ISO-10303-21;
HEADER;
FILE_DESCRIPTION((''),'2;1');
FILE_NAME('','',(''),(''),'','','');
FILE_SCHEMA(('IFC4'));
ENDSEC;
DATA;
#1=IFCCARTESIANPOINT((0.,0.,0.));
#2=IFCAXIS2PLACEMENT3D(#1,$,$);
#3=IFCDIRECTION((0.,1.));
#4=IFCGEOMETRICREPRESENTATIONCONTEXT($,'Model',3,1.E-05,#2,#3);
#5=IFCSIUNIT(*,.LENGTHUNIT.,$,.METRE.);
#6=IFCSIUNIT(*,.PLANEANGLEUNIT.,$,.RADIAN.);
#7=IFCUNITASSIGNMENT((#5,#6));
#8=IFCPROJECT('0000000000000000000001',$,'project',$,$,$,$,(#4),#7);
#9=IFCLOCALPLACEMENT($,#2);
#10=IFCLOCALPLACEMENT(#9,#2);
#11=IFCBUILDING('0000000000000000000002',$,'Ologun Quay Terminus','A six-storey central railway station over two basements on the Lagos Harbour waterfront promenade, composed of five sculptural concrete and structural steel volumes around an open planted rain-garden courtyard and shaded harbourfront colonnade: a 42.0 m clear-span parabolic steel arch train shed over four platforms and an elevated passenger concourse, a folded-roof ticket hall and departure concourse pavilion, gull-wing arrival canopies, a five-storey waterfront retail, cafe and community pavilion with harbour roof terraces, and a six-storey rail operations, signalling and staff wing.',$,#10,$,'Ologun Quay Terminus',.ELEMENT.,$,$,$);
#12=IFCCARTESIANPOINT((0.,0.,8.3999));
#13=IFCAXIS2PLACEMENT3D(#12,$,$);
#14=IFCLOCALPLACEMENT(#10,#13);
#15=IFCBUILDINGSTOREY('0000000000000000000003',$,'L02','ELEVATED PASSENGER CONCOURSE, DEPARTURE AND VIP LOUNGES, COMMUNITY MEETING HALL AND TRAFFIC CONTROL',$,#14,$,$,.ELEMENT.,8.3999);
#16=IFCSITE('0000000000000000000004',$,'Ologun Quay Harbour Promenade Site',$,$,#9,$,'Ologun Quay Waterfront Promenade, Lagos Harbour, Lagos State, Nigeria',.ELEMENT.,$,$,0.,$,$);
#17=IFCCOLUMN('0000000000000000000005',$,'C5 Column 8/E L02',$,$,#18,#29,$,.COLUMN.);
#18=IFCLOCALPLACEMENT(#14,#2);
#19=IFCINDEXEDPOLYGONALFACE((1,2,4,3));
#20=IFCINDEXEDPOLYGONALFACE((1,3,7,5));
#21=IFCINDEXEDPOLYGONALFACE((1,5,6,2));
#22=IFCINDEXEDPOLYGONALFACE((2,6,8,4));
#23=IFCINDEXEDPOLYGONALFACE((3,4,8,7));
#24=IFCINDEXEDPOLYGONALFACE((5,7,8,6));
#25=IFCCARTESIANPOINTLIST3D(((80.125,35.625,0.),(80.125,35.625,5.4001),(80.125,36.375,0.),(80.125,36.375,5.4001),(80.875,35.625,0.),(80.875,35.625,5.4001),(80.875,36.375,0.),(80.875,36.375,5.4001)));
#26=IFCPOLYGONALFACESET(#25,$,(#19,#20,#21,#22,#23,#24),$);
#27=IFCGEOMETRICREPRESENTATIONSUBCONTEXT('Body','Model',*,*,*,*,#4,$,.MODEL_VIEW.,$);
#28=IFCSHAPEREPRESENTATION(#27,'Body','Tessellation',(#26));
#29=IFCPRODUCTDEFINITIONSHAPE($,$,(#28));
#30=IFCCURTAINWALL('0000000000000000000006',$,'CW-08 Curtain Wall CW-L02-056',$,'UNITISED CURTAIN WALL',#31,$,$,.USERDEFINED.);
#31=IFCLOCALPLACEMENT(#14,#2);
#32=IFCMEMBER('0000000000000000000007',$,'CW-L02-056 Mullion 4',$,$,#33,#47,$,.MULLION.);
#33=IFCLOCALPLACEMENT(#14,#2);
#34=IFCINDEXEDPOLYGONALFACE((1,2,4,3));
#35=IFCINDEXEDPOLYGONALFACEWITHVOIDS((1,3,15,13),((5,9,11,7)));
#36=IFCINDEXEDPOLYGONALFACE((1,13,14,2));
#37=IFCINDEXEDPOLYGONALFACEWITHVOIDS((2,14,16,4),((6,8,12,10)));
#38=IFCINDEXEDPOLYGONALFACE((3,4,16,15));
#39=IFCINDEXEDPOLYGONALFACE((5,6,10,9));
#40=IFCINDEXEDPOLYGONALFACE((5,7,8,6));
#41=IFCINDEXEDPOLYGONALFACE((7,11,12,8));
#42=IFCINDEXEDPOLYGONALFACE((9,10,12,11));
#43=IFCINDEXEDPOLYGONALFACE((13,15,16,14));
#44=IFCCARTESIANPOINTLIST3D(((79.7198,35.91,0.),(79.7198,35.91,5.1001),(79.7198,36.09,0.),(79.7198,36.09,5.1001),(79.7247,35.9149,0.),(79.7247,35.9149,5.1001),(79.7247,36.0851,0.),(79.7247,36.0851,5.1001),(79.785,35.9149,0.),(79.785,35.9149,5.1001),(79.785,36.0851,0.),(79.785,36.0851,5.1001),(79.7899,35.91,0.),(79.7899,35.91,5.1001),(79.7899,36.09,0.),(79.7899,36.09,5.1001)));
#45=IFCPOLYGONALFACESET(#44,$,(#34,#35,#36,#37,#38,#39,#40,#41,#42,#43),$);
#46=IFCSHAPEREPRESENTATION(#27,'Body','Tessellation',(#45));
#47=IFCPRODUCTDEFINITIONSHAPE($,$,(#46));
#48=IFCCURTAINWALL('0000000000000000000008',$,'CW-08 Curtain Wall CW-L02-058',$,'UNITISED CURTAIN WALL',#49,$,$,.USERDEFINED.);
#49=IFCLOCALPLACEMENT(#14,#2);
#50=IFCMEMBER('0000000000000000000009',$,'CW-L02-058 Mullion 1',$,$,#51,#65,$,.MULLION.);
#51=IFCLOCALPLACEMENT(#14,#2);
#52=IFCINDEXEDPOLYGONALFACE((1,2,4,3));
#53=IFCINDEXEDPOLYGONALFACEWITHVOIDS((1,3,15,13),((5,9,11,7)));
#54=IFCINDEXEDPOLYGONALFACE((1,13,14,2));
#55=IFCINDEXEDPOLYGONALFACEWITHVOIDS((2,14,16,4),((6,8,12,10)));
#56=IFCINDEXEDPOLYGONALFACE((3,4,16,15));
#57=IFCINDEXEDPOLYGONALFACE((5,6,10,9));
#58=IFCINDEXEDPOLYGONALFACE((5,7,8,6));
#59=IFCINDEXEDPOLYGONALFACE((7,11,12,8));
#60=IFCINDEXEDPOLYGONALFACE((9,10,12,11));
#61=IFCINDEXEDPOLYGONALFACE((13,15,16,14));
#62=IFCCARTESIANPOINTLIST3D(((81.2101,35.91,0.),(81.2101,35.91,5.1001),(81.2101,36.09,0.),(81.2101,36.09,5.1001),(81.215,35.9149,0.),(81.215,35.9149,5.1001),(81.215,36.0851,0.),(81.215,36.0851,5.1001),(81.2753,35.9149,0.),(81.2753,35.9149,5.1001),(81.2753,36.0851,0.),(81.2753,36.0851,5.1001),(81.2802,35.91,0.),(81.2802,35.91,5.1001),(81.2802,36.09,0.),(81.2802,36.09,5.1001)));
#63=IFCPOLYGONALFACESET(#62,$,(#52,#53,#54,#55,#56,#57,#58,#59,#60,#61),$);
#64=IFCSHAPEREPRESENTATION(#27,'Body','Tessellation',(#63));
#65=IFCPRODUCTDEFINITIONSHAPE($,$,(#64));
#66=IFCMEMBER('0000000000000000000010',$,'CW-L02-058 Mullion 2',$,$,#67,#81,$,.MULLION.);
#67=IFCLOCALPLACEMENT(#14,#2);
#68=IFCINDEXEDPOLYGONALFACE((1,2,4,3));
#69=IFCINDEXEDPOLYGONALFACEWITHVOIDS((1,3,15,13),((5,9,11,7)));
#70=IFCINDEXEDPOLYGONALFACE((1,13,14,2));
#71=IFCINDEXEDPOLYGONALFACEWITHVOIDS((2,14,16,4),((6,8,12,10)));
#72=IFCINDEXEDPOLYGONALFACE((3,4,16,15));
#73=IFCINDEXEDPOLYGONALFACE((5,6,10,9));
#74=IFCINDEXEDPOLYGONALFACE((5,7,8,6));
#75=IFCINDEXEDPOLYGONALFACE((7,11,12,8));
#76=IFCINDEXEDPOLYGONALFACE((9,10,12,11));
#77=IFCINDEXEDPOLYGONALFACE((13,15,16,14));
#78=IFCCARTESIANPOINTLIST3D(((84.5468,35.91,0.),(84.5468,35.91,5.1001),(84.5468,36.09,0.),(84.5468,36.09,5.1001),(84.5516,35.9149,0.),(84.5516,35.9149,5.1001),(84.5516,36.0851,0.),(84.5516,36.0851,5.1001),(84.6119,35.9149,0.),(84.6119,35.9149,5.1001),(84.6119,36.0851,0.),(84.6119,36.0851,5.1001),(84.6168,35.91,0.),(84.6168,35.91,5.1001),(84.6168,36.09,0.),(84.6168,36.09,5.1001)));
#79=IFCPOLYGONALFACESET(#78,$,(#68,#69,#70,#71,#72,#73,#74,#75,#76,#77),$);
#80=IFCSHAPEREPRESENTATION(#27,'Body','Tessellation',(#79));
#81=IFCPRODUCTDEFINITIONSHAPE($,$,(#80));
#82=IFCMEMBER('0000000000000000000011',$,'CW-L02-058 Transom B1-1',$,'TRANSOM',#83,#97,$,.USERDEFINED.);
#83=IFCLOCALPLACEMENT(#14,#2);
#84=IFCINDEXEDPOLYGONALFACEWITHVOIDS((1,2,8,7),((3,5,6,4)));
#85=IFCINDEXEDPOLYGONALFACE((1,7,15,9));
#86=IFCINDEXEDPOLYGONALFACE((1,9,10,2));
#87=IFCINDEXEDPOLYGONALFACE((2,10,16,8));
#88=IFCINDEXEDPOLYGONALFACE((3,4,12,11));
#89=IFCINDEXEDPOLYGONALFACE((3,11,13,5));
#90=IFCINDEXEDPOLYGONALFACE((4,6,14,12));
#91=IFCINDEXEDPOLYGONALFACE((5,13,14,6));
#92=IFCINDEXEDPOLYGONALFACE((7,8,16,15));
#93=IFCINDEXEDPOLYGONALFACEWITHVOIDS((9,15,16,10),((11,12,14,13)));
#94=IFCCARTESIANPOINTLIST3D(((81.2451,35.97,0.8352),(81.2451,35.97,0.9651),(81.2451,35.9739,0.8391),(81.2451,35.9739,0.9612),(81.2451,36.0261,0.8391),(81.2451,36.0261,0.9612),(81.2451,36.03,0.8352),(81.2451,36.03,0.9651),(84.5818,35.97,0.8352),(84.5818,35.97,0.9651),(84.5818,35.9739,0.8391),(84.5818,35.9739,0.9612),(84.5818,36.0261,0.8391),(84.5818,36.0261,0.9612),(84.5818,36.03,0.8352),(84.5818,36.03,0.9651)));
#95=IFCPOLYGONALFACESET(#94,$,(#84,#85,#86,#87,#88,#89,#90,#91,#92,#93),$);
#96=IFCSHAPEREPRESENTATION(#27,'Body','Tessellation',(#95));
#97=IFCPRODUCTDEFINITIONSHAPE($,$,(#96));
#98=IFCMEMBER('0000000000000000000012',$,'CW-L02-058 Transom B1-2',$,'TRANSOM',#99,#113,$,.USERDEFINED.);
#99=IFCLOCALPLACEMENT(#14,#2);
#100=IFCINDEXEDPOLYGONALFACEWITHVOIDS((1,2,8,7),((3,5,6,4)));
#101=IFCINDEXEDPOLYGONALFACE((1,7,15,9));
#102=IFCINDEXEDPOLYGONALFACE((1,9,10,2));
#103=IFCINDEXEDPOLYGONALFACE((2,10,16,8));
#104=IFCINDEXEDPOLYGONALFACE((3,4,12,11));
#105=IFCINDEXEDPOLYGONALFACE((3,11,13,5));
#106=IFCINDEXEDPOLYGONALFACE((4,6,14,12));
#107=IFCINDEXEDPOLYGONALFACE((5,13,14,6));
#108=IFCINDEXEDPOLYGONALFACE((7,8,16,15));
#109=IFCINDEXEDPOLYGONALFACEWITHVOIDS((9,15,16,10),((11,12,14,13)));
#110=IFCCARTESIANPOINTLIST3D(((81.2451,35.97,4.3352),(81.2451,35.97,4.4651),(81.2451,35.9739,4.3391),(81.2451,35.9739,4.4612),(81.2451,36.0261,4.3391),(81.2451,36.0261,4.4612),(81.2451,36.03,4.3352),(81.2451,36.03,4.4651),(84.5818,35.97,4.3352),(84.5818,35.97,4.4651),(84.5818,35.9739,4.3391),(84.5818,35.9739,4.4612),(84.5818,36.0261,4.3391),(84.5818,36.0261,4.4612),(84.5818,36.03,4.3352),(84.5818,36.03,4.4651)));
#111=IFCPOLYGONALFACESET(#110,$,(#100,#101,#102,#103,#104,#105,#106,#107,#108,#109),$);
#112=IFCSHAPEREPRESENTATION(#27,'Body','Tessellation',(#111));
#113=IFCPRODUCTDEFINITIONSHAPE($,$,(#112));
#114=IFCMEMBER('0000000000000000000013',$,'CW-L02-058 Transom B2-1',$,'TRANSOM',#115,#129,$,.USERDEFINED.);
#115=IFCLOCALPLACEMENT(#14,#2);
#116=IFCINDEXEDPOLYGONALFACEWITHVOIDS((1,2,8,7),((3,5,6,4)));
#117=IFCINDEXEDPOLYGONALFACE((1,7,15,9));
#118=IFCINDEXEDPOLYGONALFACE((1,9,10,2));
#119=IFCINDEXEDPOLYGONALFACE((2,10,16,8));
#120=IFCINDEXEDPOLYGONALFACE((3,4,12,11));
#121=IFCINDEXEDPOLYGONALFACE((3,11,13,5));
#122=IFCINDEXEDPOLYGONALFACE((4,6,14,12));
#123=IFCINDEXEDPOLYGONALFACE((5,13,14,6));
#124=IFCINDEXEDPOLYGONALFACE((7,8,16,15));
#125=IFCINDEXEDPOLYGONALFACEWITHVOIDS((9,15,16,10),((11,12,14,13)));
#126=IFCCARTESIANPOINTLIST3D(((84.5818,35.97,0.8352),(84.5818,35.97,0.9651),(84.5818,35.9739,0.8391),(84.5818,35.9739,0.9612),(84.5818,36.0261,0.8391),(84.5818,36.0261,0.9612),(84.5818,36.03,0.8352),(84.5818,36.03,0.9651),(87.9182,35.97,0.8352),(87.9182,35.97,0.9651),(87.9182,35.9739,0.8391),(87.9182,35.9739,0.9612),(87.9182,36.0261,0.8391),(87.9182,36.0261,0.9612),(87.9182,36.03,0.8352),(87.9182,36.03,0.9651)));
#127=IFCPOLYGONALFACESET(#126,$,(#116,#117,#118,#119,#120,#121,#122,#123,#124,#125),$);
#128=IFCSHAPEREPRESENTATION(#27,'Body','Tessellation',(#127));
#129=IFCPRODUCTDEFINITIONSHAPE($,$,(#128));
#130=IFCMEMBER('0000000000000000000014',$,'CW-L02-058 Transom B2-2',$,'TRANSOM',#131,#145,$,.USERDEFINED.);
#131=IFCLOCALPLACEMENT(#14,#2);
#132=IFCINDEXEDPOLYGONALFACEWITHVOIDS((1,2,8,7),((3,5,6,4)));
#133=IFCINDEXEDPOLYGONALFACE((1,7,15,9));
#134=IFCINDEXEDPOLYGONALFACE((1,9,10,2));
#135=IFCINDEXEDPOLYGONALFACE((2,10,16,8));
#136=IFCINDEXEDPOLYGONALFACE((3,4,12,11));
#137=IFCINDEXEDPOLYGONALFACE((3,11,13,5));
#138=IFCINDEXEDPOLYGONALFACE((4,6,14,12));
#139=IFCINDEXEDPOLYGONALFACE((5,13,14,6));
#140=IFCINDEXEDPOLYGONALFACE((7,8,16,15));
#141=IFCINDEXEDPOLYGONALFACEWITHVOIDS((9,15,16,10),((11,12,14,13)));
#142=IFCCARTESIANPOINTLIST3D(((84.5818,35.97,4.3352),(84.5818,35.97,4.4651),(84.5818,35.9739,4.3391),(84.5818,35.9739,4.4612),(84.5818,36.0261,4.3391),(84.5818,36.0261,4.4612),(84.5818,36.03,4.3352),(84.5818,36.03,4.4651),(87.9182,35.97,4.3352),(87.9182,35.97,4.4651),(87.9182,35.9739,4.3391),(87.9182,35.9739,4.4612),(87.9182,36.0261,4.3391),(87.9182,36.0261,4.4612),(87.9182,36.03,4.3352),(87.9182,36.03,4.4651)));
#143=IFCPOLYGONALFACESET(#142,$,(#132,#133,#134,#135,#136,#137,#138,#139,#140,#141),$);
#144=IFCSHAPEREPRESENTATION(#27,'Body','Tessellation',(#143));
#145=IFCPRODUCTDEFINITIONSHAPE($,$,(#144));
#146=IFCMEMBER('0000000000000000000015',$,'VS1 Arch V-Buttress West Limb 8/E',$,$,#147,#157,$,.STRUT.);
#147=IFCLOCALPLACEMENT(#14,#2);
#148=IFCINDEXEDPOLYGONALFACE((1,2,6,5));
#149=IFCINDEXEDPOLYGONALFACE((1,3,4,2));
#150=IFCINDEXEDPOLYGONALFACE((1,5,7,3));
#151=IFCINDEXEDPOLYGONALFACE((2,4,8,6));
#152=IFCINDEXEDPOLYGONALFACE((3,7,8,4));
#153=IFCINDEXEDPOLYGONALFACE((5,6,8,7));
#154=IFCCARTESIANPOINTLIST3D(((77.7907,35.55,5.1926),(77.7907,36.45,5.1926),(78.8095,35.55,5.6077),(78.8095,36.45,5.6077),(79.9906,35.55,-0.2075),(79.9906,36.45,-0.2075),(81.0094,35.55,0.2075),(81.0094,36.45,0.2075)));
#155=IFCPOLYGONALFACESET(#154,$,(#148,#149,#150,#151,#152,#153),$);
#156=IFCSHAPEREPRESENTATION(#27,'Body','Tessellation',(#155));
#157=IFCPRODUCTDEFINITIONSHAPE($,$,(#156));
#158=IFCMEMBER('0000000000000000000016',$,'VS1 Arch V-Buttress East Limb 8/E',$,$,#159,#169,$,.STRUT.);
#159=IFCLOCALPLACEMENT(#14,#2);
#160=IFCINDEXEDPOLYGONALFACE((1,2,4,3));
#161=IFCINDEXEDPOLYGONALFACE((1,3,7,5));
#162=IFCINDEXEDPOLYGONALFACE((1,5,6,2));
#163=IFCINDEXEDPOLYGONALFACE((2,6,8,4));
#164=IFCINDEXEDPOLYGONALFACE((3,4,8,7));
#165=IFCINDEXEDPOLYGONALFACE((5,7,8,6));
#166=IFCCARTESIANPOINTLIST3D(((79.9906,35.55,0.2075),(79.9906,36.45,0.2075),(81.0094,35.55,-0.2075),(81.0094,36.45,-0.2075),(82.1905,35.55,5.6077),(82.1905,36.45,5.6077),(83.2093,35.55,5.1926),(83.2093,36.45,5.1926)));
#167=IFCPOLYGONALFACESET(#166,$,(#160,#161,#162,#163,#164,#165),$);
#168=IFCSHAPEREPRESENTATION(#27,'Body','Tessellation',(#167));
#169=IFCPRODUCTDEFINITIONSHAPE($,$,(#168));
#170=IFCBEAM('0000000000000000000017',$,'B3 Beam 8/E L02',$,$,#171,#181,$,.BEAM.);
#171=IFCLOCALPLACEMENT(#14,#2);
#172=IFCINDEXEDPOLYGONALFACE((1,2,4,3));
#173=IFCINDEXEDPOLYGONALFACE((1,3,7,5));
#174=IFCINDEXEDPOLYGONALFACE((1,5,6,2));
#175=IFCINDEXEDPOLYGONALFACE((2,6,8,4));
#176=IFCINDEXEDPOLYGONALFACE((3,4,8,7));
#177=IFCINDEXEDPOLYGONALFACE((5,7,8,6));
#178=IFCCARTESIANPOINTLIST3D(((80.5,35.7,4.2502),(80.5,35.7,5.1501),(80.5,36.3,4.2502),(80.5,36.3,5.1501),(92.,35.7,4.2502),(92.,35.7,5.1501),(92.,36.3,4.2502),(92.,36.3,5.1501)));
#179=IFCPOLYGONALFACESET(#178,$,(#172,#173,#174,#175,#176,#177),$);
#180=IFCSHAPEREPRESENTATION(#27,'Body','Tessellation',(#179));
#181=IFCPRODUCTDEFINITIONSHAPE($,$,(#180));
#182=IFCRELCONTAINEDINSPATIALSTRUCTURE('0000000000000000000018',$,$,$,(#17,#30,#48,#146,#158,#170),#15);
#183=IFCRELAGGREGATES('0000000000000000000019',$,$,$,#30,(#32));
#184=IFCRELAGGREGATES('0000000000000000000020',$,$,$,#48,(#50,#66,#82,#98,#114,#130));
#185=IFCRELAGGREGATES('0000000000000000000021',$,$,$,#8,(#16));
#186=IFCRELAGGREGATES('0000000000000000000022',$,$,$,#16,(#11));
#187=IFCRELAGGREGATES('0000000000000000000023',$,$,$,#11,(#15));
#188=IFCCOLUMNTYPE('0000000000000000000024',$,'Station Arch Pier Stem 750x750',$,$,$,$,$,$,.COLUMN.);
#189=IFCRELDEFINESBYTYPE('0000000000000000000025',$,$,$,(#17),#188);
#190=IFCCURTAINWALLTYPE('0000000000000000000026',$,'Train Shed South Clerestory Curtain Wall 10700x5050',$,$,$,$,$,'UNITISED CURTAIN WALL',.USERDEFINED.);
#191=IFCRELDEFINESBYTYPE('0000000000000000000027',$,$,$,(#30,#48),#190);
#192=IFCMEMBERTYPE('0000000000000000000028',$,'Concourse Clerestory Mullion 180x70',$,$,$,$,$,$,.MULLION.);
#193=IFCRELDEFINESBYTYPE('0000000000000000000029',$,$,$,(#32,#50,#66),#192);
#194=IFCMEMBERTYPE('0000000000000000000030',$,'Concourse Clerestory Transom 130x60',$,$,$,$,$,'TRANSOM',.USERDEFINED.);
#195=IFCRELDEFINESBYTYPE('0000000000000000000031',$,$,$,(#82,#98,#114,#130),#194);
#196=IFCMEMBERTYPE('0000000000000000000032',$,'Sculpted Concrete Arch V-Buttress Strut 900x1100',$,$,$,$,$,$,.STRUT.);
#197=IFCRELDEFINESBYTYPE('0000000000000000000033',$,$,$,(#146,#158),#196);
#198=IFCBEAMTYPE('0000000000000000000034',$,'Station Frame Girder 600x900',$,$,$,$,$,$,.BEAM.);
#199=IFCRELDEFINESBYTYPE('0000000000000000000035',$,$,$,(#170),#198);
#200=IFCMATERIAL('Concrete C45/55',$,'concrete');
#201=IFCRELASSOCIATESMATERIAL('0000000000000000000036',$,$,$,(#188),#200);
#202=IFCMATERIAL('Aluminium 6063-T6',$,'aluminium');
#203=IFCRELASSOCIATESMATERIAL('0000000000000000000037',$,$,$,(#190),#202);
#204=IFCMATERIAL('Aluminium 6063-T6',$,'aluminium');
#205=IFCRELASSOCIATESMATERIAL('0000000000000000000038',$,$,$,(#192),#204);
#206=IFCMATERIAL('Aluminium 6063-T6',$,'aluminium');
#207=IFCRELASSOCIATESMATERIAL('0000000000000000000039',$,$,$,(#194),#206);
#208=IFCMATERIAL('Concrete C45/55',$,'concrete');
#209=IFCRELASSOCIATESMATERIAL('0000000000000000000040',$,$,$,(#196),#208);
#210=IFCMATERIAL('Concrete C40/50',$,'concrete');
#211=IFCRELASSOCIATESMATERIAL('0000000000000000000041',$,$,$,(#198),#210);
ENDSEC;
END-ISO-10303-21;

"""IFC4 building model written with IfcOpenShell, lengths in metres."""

from ifc_helpers import new_model, si_unit, direction, frame, origin, origin_2d, place, context, subcontext, project, spatial, rectangle, hollow_rectangle, extrude, material, material_profile, profile_set, type_object, element, aggregate, save


model = new_model("IFC4")

# Units and contexts
model_context = context("Model", 3, precision=1e-05, world=origin(), true_north=direction((0.0, 1.0)))
body_context = subcontext(model_context, "Body", "Model", "MODEL_VIEW")
ifc_project = project(units=[si_unit("LENGTHUNIT", "METRE"), si_unit("PLANEANGLEUNIT", "RADIAN")], contexts=[model_context])

# Site, building, storey
site_placement = place(None, origin())
site = spatial("IfcSite", under=ifc_project, at=site_placement, Name="Ologun Quay Harbour Promenade Site", LongName="Ologun Quay Waterfront Promenade, Lagos Harbour, Lagos State, Nigeria", CompositionType="ELEMENT", RefElevation=0.0)
building_placement = place(site_placement, origin())
building = spatial("IfcBuilding", under=site, at=building_placement, Name="Ologun Quay Terminus", Description="A six-storey central railway station over two basements on the Lagos Harbour waterfront promenade, composed of five sculptural concrete and structural steel volumes around an open planted rain-garden courtyard and shaded harbourfront colonnade: a 42.0 m clear-span parabolic steel arch train shed over four platforms and an elevated passenger concourse, a folded-roof ticket hall and departure concourse pavilion, gull-wing arrival canopies, a five-storey waterfront retail, cafe and community pavilion with harbour roof terraces, and a six-storey rail operations, signalling and staff wing.", LongName="Ologun Quay Terminus", CompositionType="ELEMENT")
storey_placement = place(building_placement, frame((0.0, 0.0, 8.3999)))
storey = spatial("IfcBuildingStorey", under=building, at=storey_placement, Name="L02", Description="ELEVATED PASSENGER CONCOURSE, DEPARTURE AND VIP LOUNGES, COMMUNITY MEETING HALL AND TRAFFIC CONTROL", CompositionType="ELEMENT", Elevation=8.3999)

# Column
ifc_material_1 = material(Name="Concrete C45/55", Category="concrete")
ifc_material_profile_1 = material_profile(ifc_material_1, rectangle(XDim=0.75, YDim=0.75, at=origin_2d()), Name="RC 750x750")
ifc_profile_set_1 = profile_set([ifc_material_profile_1], Name="Concrete C45/55")
column_type = type_object("IfcColumnType", Name="Station Arch Pier Stem 750x750", PredefinedType="COLUMN", material=ifc_profile_set_1)
column_placement = place(storey_placement, frame((80.5, 36.0, 0.0), z_axis=(0.0, 0.0, 1.0), x_axis=(1.0, 0.0, 0.0)))
element("IfcColumn", 1, at=column_placement, inside=storey, type_object=column_type, Name="C5 Column 8/E L02", PredefinedType="COLUMN", context=body_context, shape_type="SweptSolid", body=[
    extrude(rectangle(XDim=0.75, YDim=0.75, at=origin_2d()), origin(), (0.0, 0.0, 1.0), 5.4001),
])

# Curtain wall, member
ifc_material_2 = material(Name="Aluminium 6063-T6", Category="aluminium")
curtain_wall_type = type_object("IfcCurtainWallType", Name="Train Shed South Clerestory Curtain Wall 10700x5050", ElementType="UNITISED CURTAIN WALL", PredefinedType="USERDEFINED", material=ifc_material_2)
curtain_wall_1_placement = place(storey_placement, origin())
curtain_wall_1 = element("IfcCurtainWall", 2, at=curtain_wall_1_placement, inside=storey, type_object=curtain_wall_type, Name="CW-08 Curtain Wall CW-L02-056", ObjectType="UNITISED CURTAIN WALL", PredefinedType="USERDEFINED")
ifc_material_3 = material(Name="Aluminium 6063-T6", Category="aluminium")
ifc_material_profile_2 = material_profile(ifc_material_3, hollow_rectangle(XDim=0.0701, YDim=0.1799, WallThickness=0.0049, at=origin_2d()), Name="ALU 180x70x5")
ifc_profile_set_2 = profile_set([ifc_material_profile_2], Name="Aluminium 6063-T6")
member_type_1 = type_object("IfcMemberType", Name="Concourse Clerestory Mullion 180x70", PredefinedType="MULLION", material=ifc_profile_set_2)
member_1_placement = place(storey_placement, frame((79.7549, 36.0, 0.0), z_axis=(0.0, 0.0, 1.0), x_axis=(1.0, 0.0, 0.0)))
member_1 = element("IfcMember", 3, at=member_1_placement, type_object=member_type_1, Name="CW-L02-056 Mullion 4", PredefinedType="MULLION", context=body_context, shape_type="SweptSolid", body=[
    extrude(hollow_rectangle(XDim=0.0701, YDim=0.1799, WallThickness=0.0049, at=origin_2d()), origin(), (0.0, 0.0, 1.0), 5.1001),
])

# Curtain wall, members
curtain_wall_2_placement = place(storey_placement, origin())
curtain_wall_2 = element("IfcCurtainWall", 4, at=curtain_wall_2_placement, inside=storey, type_object=curtain_wall_type, Name="CW-08 Curtain Wall CW-L02-058", ObjectType="UNITISED CURTAIN WALL", PredefinedType="USERDEFINED")
member_2_placement = place(storey_placement, frame((81.2451, 36.0, 0.0), z_axis=(0.0, 0.0, 1.0), x_axis=(1.0, 0.0, 0.0)))
member_2 = element("IfcMember", 5, at=member_2_placement, type_object=member_type_1, Name="CW-L02-058 Mullion 1", PredefinedType="MULLION", context=body_context, shape_type="SweptSolid", body=[
    extrude(hollow_rectangle(XDim=0.0701, YDim=0.1799, WallThickness=0.0049, at=origin_2d()), origin(), (0.0, 0.0, 1.0), 5.1001),
])
member_3_placement = place(storey_placement, frame((84.5818, 36.0, 0.0), z_axis=(0.0, 0.0, 1.0), x_axis=(1.0, 0.0, 0.0)))
member_3 = element("IfcMember", 6, at=member_3_placement, type_object=member_type_1, Name="CW-L02-058 Mullion 2", PredefinedType="MULLION", context=body_context, shape_type="SweptSolid", body=[
    extrude(hollow_rectangle(XDim=0.0701, YDim=0.1799, WallThickness=0.0049, at=origin_2d()), origin(), (0.0, 0.0, 1.0), 5.1001),
])
ifc_material_4 = material(Name="Aluminium 6063-T6", Category="aluminium")
ifc_material_profile_3 = material_profile(ifc_material_4, hollow_rectangle(XDim=0.0601, YDim=0.1299, WallThickness=0.0039, at=origin_2d()), Name="ALU 130x60x4")
ifc_profile_set_3 = profile_set([ifc_material_profile_3], Name="Aluminium 6063-T6")
member_type_2 = type_object("IfcMemberType", Name="Concourse Clerestory Transom 130x60", ElementType="TRANSOM", PredefinedType="USERDEFINED", material=ifc_profile_set_3)
member_4_placement = place(storey_placement, frame((81.2451, 36.0, 0.9001), z_axis=(1.0, 0.0, 0.0), x_axis=(0.0, 1.0, 0.0)))
member_4 = element("IfcMember", 7, at=member_4_placement, type_object=member_type_2, Name="CW-L02-058 Transom B1-1", ObjectType="TRANSOM", PredefinedType="USERDEFINED", context=body_context, shape_type="SweptSolid", body=[
    extrude(hollow_rectangle(XDim=0.0601, YDim=0.1299, WallThickness=0.0039, at=origin_2d()), origin(), (0.0, 0.0, 1.0), 3.3367),
])
member_5_placement = place(storey_placement, frame((81.2451, 36.0, 4.4001), z_axis=(1.0, 0.0, 0.0), x_axis=(0.0, 1.0, 0.0)))
member_5 = element("IfcMember", 8, at=member_5_placement, type_object=member_type_2, Name="CW-L02-058 Transom B1-2", ObjectType="TRANSOM", PredefinedType="USERDEFINED", context=body_context, shape_type="SweptSolid", body=[
    extrude(hollow_rectangle(XDim=0.0601, YDim=0.1299, WallThickness=0.0039, at=origin_2d()), origin(), (0.0, 0.0, 1.0), 3.3367),
])
member_6_placement = place(storey_placement, frame((84.5818, 36.0, 0.9001), z_axis=(1.0, 0.0, 0.0), x_axis=(0.0, 1.0, 0.0)))
member_6 = element("IfcMember", 9, at=member_6_placement, type_object=member_type_2, Name="CW-L02-058 Transom B2-1", ObjectType="TRANSOM", PredefinedType="USERDEFINED", context=body_context, shape_type="SweptSolid", body=[
    extrude(hollow_rectangle(XDim=0.0601, YDim=0.1299, WallThickness=0.0039, at=origin_2d()), origin(), (0.0, 0.0, 1.0), 3.3364),
])
member_7_placement = place(storey_placement, frame((84.5818, 36.0, 4.4001), z_axis=(1.0, 0.0, 0.0), x_axis=(0.0, 1.0, 0.0)))
member_7 = element("IfcMember", 10, at=member_7_placement, type_object=member_type_2, Name="CW-L02-058 Transom B2-2", ObjectType="TRANSOM", PredefinedType="USERDEFINED", context=body_context, shape_type="SweptSolid", body=[
    extrude(hollow_rectangle(XDim=0.0601, YDim=0.1299, WallThickness=0.0039, at=origin_2d()), origin(), (0.0, 0.0, 1.0), 3.3364),
])

# Members
ifc_material_5 = material(Name="Concrete C45/55", Category="concrete")
ifc_material_profile_4 = material_profile(ifc_material_5, rectangle(XDim=0.8999, YDim=1.1001, at=origin_2d()), Name="RC 900x1100")
ifc_profile_set_4 = profile_set([ifc_material_profile_4], Name="Concrete C45/55")
member_type_3 = type_object("IfcMemberType", Name="Sculpted Concrete Arch V-Buttress Strut 900x1100", PredefinedType="STRUT", material=ifc_profile_set_4)
for number, where, z_axis, x_axis, name in (
    (11, (80.5, 36.0, 0.0), (-0.377281, 0.0, 0.926099), (0.0, -1.0, 0.0), "VS1 Arch V-Buttress West Limb 8/E"),
    (12, (80.5, 36.0, 0.0), (0.377281, 0.0, 0.926099), (0.0, 1.0, 0.0), "VS1 Arch V-Buttress East Limb 8/E"),
):
    element("IfcMember", number, at=place(storey_placement, frame(where, z_axis=z_axis, x_axis=x_axis)), inside=storey, type_object=member_type_3, Name=name, PredefinedType="STRUT", context=body_context, shape_type="SweptSolid", body=[
        extrude(rectangle(XDim=0.8999, YDim=1.1001, at=origin_2d()), origin(), (0.0, 0.0, 1.0), 5.8311),
    ])

# Beam
ifc_material_6 = material(Name="Concrete C40/50", Category="concrete")
ifc_material_profile_5 = material_profile(ifc_material_6, rectangle(XDim=0.6001, YDim=0.8999, at=origin_2d()), Name="RC 600x900")
ifc_profile_set_5 = profile_set([ifc_material_profile_5], Name="Concrete C40/50")
beam_type = type_object("IfcBeamType", Name="Station Frame Girder 600x900", PredefinedType="BEAM", material=ifc_profile_set_5)
beam_placement = place(storey_placement, frame((80.5, 36.0, 4.7002), z_axis=(1.0, 0.0, 0.0), x_axis=(0.0, 1.0, 0.0)))
element("IfcBeam", 13, at=beam_placement, inside=storey, type_object=beam_type, Name="B3 Beam 8/E L02", PredefinedType="BEAM", context=body_context, shape_type="SweptSolid", body=[
    extrude(rectangle(XDim=0.6001, YDim=0.8999, at=origin_2d()), origin(), (0.0, 0.0, 1.0), 11.5),
])

aggregate(curtain_wall_1, [member_1])
aggregate(curtain_wall_2, [member_2, member_3, member_4, member_5, member_6, member_7])

save(model, "model.ifc")
